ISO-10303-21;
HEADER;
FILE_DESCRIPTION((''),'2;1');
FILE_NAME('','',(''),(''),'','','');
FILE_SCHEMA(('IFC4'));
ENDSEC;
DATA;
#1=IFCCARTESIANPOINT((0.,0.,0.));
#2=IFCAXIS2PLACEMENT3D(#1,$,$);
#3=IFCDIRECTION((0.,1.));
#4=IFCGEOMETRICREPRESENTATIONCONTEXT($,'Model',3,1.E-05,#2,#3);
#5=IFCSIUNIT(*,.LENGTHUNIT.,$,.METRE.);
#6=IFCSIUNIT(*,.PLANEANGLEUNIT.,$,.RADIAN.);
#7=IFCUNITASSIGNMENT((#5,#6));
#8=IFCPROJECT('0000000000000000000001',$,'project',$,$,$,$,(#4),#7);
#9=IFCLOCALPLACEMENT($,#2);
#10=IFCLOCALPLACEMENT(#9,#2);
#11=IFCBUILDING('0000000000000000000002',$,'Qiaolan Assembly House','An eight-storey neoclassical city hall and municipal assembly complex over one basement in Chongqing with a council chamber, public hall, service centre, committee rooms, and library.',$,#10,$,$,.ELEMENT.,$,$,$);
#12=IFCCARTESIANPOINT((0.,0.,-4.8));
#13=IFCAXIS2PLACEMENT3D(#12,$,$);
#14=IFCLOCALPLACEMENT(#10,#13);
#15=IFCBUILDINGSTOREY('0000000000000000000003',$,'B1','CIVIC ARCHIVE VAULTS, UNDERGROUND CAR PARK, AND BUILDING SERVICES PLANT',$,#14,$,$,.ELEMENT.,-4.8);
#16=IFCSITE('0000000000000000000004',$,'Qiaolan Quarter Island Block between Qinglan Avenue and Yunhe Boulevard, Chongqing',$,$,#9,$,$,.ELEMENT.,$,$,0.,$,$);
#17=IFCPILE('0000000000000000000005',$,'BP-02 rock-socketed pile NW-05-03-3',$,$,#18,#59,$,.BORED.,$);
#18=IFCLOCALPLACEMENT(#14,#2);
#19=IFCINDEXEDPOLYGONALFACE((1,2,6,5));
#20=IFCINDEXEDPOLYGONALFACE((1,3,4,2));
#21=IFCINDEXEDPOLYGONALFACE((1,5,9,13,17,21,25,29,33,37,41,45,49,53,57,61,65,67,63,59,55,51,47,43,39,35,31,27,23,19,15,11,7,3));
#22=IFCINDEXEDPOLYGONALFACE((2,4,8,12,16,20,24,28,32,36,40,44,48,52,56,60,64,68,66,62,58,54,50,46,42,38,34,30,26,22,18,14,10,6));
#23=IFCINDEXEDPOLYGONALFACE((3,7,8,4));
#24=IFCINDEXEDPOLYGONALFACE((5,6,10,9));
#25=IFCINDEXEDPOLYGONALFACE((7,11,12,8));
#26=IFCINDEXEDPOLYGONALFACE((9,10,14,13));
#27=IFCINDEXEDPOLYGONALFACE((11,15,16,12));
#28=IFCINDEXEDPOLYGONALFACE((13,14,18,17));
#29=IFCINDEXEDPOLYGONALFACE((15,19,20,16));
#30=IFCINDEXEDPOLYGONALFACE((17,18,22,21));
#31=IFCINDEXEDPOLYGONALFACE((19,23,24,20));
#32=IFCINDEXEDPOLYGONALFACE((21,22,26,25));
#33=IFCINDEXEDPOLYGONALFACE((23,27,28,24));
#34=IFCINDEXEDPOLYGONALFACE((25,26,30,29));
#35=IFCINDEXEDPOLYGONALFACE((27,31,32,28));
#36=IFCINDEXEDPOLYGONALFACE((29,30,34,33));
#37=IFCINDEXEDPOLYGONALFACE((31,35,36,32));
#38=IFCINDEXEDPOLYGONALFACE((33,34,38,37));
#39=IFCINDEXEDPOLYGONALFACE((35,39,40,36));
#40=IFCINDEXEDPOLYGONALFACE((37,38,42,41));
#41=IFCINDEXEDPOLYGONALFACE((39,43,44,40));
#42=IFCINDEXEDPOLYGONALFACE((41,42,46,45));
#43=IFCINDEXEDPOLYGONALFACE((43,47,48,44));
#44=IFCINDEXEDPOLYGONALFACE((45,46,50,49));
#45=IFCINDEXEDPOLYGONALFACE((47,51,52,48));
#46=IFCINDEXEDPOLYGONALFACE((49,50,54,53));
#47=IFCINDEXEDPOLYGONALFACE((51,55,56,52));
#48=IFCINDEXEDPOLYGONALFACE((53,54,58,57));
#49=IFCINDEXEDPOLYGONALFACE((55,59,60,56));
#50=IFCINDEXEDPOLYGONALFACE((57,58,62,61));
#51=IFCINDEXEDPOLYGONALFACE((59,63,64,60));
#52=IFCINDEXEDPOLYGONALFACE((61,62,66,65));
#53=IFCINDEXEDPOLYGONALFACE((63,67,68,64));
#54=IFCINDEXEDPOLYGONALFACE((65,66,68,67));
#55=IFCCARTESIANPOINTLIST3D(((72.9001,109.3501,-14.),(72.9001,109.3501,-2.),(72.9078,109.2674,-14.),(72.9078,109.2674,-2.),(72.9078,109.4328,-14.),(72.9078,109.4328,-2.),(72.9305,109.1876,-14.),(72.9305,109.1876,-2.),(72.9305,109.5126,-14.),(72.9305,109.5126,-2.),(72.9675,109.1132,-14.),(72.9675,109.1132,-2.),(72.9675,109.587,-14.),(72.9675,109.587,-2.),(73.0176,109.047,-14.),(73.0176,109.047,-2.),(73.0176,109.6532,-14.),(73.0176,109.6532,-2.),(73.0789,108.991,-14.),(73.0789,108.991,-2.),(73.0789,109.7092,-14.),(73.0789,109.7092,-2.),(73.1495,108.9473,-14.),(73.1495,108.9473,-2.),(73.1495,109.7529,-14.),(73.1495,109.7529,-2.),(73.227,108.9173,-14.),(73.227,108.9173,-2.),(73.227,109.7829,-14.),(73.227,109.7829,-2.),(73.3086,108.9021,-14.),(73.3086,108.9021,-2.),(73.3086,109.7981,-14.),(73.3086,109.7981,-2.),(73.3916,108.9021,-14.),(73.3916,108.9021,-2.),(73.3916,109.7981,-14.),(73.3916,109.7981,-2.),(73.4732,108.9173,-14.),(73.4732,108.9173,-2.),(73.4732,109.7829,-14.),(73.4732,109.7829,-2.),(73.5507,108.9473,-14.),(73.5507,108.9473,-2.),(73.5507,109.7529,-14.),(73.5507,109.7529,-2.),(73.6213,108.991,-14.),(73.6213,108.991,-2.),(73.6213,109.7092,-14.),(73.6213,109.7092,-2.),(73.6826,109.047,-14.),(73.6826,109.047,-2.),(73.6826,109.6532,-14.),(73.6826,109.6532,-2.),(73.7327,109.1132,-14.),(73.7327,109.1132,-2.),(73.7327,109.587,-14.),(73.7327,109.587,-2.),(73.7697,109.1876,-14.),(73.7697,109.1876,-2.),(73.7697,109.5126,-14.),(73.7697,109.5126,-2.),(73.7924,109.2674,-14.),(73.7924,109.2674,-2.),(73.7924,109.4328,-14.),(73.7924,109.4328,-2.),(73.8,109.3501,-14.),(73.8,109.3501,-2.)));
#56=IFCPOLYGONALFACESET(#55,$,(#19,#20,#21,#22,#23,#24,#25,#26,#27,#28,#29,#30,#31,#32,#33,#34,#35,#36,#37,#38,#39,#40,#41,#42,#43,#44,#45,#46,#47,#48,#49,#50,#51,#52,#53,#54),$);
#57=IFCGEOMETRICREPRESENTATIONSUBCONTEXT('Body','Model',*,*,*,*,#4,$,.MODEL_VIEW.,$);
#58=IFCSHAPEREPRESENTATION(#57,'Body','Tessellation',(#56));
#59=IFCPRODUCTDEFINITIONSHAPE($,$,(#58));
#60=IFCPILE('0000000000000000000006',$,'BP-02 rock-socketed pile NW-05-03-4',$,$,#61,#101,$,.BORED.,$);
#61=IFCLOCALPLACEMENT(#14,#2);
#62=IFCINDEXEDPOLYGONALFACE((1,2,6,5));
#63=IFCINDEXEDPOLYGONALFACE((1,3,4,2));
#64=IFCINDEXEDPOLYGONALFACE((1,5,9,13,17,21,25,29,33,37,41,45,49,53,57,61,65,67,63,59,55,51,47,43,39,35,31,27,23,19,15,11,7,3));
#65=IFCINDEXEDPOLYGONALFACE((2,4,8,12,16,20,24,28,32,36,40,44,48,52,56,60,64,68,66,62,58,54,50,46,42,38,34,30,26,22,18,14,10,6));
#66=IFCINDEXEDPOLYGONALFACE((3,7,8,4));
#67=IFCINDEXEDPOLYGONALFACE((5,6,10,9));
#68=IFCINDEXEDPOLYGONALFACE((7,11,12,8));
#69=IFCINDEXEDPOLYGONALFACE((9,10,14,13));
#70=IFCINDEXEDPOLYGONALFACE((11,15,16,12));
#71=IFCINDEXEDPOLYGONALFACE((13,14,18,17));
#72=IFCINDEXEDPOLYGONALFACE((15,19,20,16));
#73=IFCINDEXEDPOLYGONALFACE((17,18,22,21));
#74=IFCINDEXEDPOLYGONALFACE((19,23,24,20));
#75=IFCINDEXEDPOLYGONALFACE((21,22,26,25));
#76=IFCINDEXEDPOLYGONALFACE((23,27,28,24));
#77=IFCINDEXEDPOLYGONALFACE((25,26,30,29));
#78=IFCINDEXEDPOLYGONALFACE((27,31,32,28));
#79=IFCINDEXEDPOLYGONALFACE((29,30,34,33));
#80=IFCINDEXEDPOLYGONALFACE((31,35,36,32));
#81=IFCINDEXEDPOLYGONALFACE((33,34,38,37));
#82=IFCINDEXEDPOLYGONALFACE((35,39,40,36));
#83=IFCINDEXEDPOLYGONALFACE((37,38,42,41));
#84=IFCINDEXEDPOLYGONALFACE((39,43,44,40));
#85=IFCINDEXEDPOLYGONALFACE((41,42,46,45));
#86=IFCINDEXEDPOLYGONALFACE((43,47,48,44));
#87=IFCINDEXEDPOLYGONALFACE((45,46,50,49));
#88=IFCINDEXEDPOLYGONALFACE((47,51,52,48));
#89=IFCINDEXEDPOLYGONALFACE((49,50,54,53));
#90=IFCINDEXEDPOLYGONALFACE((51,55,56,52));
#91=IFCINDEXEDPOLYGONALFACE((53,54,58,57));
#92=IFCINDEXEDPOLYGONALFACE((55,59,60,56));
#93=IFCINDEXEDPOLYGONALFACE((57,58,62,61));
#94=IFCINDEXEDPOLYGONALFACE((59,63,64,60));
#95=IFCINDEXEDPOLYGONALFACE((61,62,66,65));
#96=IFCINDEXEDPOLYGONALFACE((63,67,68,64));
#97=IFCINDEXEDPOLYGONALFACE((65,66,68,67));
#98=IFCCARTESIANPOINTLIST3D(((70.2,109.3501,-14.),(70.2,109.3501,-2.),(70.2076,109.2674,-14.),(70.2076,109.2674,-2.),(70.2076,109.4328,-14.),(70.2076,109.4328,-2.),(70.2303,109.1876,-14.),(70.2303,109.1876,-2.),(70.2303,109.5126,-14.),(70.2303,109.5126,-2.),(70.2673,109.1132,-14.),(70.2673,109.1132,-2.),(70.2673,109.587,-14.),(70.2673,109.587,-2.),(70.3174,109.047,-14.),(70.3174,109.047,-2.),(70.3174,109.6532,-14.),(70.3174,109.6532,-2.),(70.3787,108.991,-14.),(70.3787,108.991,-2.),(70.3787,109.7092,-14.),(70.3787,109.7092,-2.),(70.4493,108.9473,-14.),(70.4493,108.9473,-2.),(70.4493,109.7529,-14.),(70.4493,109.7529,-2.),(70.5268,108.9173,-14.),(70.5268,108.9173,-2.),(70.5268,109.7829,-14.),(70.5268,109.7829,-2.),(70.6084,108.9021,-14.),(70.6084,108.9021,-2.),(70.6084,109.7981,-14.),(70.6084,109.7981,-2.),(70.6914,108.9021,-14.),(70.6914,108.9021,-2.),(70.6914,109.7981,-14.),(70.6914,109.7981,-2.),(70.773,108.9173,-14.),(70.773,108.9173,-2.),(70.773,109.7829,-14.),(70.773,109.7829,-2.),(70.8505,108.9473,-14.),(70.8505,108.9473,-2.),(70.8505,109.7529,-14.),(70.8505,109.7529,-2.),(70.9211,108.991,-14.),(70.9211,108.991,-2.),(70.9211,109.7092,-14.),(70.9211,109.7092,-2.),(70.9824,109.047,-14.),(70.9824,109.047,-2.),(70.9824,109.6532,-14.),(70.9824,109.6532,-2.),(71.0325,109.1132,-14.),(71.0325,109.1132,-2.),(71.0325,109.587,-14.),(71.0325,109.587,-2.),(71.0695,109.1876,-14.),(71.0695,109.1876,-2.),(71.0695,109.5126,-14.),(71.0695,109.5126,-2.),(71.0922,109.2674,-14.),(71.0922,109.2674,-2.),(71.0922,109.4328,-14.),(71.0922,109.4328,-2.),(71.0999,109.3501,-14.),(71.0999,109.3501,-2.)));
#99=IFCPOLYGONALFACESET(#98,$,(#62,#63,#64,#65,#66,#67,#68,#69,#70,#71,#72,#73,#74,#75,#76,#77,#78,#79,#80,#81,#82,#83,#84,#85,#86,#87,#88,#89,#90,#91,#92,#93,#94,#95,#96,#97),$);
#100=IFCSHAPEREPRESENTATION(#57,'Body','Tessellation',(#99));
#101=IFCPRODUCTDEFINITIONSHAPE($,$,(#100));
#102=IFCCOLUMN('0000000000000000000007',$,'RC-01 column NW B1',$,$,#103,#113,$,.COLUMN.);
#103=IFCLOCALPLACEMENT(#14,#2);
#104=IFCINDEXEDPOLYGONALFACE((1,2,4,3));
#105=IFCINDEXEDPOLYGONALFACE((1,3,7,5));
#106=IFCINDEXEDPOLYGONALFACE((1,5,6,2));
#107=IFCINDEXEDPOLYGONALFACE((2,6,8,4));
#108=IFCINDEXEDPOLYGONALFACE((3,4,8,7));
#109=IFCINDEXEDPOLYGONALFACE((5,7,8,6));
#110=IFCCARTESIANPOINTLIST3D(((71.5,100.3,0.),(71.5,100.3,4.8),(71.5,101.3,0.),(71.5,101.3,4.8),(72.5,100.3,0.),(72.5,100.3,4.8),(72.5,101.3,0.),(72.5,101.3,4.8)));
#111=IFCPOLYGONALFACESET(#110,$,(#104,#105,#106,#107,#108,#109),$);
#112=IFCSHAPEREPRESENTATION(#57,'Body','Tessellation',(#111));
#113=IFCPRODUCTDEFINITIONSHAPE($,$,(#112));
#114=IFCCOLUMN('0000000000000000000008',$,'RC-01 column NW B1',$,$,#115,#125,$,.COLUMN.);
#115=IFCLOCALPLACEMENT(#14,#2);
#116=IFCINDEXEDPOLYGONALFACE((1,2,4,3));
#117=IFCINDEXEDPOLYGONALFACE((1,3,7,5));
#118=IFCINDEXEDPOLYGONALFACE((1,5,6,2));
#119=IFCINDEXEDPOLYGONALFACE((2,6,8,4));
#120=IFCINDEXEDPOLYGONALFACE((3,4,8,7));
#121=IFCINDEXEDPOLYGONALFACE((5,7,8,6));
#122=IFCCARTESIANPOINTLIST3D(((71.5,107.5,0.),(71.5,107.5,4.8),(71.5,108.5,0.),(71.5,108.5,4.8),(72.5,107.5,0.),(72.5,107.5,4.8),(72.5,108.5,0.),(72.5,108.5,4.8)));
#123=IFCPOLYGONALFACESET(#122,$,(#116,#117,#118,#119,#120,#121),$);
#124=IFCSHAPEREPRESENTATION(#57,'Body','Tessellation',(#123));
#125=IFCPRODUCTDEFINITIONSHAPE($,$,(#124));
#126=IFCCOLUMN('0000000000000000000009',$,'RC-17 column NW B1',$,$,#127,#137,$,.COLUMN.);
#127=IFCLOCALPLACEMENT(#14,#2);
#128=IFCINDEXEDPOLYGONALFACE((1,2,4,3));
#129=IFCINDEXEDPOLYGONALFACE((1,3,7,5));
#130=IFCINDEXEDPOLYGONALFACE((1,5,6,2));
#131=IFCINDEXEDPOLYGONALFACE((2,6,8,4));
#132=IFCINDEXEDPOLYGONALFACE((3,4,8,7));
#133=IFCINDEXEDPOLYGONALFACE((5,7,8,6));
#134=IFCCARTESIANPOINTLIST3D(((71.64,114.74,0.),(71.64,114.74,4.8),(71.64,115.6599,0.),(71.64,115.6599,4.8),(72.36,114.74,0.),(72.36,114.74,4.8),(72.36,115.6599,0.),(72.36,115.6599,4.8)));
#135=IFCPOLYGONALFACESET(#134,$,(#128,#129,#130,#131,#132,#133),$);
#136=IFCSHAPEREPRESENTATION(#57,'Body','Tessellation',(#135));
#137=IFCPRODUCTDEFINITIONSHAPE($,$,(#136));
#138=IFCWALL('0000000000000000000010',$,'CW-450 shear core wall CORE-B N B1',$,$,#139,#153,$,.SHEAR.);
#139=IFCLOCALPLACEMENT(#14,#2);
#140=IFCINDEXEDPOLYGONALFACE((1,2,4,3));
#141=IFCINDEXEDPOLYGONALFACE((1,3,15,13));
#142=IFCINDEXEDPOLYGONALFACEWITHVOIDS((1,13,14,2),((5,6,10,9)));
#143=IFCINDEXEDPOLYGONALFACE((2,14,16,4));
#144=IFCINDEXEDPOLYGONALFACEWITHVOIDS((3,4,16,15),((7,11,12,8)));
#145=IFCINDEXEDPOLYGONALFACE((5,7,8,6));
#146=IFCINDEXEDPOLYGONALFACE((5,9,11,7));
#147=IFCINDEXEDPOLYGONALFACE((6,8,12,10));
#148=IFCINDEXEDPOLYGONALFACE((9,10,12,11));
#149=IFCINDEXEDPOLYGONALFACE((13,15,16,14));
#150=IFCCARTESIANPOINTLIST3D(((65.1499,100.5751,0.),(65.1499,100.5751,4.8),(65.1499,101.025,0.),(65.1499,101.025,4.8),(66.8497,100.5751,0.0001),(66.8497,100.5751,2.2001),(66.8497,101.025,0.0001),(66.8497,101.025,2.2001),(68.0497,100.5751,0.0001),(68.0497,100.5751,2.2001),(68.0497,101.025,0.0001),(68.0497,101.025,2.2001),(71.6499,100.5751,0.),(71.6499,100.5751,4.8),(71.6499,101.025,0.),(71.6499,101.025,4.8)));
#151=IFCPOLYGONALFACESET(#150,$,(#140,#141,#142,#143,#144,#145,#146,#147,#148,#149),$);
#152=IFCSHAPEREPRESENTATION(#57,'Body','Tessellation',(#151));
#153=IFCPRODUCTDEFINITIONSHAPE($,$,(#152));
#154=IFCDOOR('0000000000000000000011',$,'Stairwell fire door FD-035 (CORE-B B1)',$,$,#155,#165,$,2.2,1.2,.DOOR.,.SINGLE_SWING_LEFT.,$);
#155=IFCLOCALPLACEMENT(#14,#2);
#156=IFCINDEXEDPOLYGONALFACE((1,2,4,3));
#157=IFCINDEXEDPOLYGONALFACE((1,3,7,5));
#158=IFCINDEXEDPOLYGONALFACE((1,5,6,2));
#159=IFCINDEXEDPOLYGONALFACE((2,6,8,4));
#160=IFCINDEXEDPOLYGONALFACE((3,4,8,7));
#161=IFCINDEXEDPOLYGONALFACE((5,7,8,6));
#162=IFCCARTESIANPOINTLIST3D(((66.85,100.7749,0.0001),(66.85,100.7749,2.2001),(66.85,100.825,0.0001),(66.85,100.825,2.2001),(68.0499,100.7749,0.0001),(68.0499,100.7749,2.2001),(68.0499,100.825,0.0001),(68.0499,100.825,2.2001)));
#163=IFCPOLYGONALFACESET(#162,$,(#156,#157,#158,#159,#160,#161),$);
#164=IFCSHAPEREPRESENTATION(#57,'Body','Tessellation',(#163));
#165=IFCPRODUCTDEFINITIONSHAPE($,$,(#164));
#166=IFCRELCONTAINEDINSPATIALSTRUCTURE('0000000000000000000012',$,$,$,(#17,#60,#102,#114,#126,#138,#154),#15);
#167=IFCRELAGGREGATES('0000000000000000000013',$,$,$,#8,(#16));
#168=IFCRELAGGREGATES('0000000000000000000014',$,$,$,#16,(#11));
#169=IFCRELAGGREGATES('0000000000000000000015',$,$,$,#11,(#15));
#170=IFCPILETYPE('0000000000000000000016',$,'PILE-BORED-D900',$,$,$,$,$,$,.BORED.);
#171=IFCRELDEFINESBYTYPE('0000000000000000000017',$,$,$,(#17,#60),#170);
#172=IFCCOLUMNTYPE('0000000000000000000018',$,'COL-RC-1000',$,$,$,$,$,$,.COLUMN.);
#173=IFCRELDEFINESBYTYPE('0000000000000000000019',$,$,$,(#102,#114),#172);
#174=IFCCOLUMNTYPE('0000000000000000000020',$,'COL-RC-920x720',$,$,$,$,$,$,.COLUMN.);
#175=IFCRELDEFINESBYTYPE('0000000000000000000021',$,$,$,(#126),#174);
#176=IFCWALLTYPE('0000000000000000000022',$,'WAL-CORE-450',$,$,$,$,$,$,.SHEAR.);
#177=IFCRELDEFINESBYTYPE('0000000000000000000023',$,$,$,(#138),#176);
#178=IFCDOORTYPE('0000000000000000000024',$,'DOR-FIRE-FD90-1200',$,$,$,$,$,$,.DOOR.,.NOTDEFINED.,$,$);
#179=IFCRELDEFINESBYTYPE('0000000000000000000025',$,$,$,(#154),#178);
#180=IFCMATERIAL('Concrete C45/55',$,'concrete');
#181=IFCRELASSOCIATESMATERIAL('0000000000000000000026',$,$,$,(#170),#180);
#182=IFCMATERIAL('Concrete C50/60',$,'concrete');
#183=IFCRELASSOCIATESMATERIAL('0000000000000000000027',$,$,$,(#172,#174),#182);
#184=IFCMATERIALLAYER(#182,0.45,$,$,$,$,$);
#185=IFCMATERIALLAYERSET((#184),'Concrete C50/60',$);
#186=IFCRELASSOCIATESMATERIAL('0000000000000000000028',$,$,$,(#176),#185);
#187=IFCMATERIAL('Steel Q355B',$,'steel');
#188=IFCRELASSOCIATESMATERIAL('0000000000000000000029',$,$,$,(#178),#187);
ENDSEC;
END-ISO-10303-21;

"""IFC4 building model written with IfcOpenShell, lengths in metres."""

from ifc_helpers import new_model, si_unit, direction, frame, frame_2d, origin, origin_2d, place, context, subcontext, project, spatial, rectangle, circle, extrude, material, layer, layer_set, material_profile, profile_set, type_object, element, fill, save


model = new_model("IFC4")

# Units and contexts
model_context = context("Model", 3, precision=1e-05, world=origin(), true_north=direction((0.0, 1.0)))
body_context = subcontext(model_context, "Body", "Model", "MODEL_VIEW")
ifc_project = project(units=[si_unit("LENGTHUNIT", "METRE"), si_unit("PLANEANGLEUNIT", "RADIAN")], contexts=[model_context])

# Site, building, storey
site_placement = place(None, origin())
site = spatial("IfcSite", under=ifc_project, at=site_placement, Name="Qiaolan Quarter Island Block between Qinglan Avenue and Yunhe Boulevard, Chongqing", CompositionType="ELEMENT", RefElevation=0.0)
building_placement = place(site_placement, origin())
building = spatial("IfcBuilding", under=site, at=building_placement, Name="Qiaolan Assembly House", Description="An eight-storey neoclassical city hall and municipal assembly complex over one basement in Chongqing with a council chamber, public hall, service centre, committee rooms, and library.", CompositionType="ELEMENT")
storey_placement = place(building_placement, frame((0.0, 0.0, -4.8)))
storey = spatial("IfcBuildingStorey", under=building, at=storey_placement, Name="B1", Description="CIVIC ARCHIVE VAULTS, UNDERGROUND CAR PARK, AND BUILDING SERVICES PLANT", CompositionType="ELEMENT", Elevation=-4.8)

# Piles
ifc_material_1 = material(Name="Concrete C45/55", Category="concrete")
ifc_material_profile_1 = material_profile(ifc_material_1, circle(Radius=0.45, at=origin_2d()), Name="PILE D900")
ifc_profile_set_1 = profile_set([ifc_material_profile_1], Name="Concrete C45/55")
pile_type_1 = type_object("IfcPileType", Name="PILE-BORED-D900", PredefinedType="BORED", material=ifc_profile_set_1)
for number, where, z_axis, x_axis, name in (
    (1, (73.3501, 109.3501, -2.0), (0.0, 0.0, -1.0), (1.0, 0.0, 0.0), "BP-02 rock-socketed pile NW-05-03-3"),
    (2, (70.6499, 109.3501, -2.0), (0.0, 0.0, -1.0), (1.0, 0.0, 0.0), "BP-02 rock-socketed pile NW-05-03-4"),
):
    element("IfcPile", number, at=place(storey_placement, frame(where, z_axis=z_axis, x_axis=x_axis)), inside=storey, type_object=pile_type_1, Name=name, PredefinedType="BORED", context=body_context, shape_type="SweptSolid", body=[
        extrude(circle(Radius=0.45, at=origin_2d()), origin(), (0.0, 0.0, 1.0), 12.0),
    ])

# Columns
ifc_material_2 = material(Name="Concrete C50/60", Category="concrete")
ifc_material_profile_2 = material_profile(ifc_material_2, rectangle(XDim=1.0, YDim=1.0, at=origin_2d()), Name="RC 1000x1000")
ifc_profile_set_2 = profile_set([ifc_material_profile_2], Name="Concrete C50/60")
column_type_1 = type_object("IfcColumnType", Name="COL-RC-1000", PredefinedType="COLUMN", material=ifc_profile_set_2)
for number, where, z_axis, x_axis, name in (
    (3, (72.0, 100.8, 0.0), (0.0, 0.0, 1.0), (1.0, 0.0, 0.0), "RC-01 column NW B1"),
    (4, (72.0, 108.0, 0.0), (0.0, 0.0, 1.0), (1.0, 0.0, 0.0), "RC-01 column NW B1"),
):
    element("IfcColumn", number, at=place(storey_placement, frame(where, z_axis=z_axis, x_axis=x_axis)), inside=storey, type_object=column_type_1, Name=name, PredefinedType="COLUMN", context=body_context, shape_type="SweptSolid", body=[
        extrude(rectangle(XDim=1.0, YDim=1.0, at=origin_2d()), origin(), (0.0, 0.0, 1.0), 4.8),
    ])
ifc_material_profile_3 = material_profile(ifc_material_2, rectangle(XDim=0.72, YDim=0.9199, at=origin_2d()), Name="RC 920x720")
ifc_profile_set_3 = profile_set([ifc_material_profile_3], Name="Concrete C50/60")
column_type_2 = type_object("IfcColumnType", Name="COL-RC-920x720", PredefinedType="COLUMN", material=ifc_profile_set_3)
column_placement = place(storey_placement, frame((72.0, 115.2, 0.0), z_axis=(0.0, 0.0, 1.0), x_axis=(1.0, 0.0, 0.0)))
element("IfcColumn", 5, at=column_placement, inside=storey, type_object=column_type_2, Name="RC-17 column NW B1", PredefinedType="COLUMN", context=body_context, shape_type="SweptSolid", body=[
    extrude(rectangle(XDim=0.72, YDim=0.9199, at=origin_2d()), origin(), (0.0, 0.0, 1.0), 4.8),
])

# Wall, opening, door
ifc_layer_1 = layer(ifc_material_2, 0.45)
ifc_layer_set_1 = layer_set([ifc_layer_1], Name="Concrete C50/60")
wall_type_1 = type_object("IfcWallType", Name="WAL-CORE-450", PredefinedType="SHEAR", material=ifc_layer_set_1)
wall_1_placement = place(storey_placement, frame((71.6499, 100.8, 0.0), z_axis=(0.0, 0.0, 1.0), x_axis=(-1.0, 0.0, 0.0)))
wall_1 = element("IfcWall", 6, at=wall_1_placement, inside=storey, type_object=wall_type_1, Name="CW-450 shear core wall CORE-B N B1", PredefinedType="SHEAR", context=body_context, shape_type="SweptSolid", body=[
    extrude(rectangle(XDim=6.5, YDim=0.45, at=frame_2d((3.25, 0.0))), origin(), (0.0, 0.0, 1.0), 4.8),
])
opening_1_placement = place(wall_1_placement, frame((3.6001, 0.0, 0.0)))
opening_1 = element("IfcOpeningElement", 7, at=opening_1_placement, cuts=wall_1, PredefinedType="OPENING", context=body_context, shape_type="SweptSolid", body=[
    extrude(rectangle(XDim=1.2, YDim=2.2, at=frame_2d((0.6001, 1.1001))), frame((0.0, 0.2349, 0.0), z_axis=(0.0, -1.0, 0.0), x_axis=(1.0, 0.0, 0.0)), (0.0, 0.0, 1.0), 0.47),
])
ifc_material_3 = material(Name="Steel Q355B", Category="steel")
door_type_1 = type_object("IfcDoorType", Name="DOR-FIRE-FD90-1200", OperationType="NOTDEFINED", PredefinedType="DOOR", material=ifc_material_3)
door_1_placement = place(opening_1_placement, frame((1.2, 0.0, 0.0), z_axis=(0.0, 0.0, 1.0), x_axis=(-1.0, 0.0, 0.0)))
door_1 = element("IfcDoor", 8, at=door_1_placement, inside=storey, type_object=door_type_1, Name="Stairwell fire door FD-035 (CORE-B B1)", OperationType="SINGLE_SWING_LEFT", OverallHeight=2.2, OverallWidth=1.2, PredefinedType="DOOR", context=body_context, shape_type="SweptSolid", body=[
    extrude(rectangle(XDim=1.2, YDim=2.2, at=frame_2d((0.6001, 1.1001))), frame((0.0, 0.0249, 0.0), z_axis=(0.0, -1.0, 0.0), x_axis=(1.0, 0.0, 0.0)), (0.0, 0.0, 1.0), 0.05),
])
fill(opening_1, door_1)

save(model, "model.ifc")
